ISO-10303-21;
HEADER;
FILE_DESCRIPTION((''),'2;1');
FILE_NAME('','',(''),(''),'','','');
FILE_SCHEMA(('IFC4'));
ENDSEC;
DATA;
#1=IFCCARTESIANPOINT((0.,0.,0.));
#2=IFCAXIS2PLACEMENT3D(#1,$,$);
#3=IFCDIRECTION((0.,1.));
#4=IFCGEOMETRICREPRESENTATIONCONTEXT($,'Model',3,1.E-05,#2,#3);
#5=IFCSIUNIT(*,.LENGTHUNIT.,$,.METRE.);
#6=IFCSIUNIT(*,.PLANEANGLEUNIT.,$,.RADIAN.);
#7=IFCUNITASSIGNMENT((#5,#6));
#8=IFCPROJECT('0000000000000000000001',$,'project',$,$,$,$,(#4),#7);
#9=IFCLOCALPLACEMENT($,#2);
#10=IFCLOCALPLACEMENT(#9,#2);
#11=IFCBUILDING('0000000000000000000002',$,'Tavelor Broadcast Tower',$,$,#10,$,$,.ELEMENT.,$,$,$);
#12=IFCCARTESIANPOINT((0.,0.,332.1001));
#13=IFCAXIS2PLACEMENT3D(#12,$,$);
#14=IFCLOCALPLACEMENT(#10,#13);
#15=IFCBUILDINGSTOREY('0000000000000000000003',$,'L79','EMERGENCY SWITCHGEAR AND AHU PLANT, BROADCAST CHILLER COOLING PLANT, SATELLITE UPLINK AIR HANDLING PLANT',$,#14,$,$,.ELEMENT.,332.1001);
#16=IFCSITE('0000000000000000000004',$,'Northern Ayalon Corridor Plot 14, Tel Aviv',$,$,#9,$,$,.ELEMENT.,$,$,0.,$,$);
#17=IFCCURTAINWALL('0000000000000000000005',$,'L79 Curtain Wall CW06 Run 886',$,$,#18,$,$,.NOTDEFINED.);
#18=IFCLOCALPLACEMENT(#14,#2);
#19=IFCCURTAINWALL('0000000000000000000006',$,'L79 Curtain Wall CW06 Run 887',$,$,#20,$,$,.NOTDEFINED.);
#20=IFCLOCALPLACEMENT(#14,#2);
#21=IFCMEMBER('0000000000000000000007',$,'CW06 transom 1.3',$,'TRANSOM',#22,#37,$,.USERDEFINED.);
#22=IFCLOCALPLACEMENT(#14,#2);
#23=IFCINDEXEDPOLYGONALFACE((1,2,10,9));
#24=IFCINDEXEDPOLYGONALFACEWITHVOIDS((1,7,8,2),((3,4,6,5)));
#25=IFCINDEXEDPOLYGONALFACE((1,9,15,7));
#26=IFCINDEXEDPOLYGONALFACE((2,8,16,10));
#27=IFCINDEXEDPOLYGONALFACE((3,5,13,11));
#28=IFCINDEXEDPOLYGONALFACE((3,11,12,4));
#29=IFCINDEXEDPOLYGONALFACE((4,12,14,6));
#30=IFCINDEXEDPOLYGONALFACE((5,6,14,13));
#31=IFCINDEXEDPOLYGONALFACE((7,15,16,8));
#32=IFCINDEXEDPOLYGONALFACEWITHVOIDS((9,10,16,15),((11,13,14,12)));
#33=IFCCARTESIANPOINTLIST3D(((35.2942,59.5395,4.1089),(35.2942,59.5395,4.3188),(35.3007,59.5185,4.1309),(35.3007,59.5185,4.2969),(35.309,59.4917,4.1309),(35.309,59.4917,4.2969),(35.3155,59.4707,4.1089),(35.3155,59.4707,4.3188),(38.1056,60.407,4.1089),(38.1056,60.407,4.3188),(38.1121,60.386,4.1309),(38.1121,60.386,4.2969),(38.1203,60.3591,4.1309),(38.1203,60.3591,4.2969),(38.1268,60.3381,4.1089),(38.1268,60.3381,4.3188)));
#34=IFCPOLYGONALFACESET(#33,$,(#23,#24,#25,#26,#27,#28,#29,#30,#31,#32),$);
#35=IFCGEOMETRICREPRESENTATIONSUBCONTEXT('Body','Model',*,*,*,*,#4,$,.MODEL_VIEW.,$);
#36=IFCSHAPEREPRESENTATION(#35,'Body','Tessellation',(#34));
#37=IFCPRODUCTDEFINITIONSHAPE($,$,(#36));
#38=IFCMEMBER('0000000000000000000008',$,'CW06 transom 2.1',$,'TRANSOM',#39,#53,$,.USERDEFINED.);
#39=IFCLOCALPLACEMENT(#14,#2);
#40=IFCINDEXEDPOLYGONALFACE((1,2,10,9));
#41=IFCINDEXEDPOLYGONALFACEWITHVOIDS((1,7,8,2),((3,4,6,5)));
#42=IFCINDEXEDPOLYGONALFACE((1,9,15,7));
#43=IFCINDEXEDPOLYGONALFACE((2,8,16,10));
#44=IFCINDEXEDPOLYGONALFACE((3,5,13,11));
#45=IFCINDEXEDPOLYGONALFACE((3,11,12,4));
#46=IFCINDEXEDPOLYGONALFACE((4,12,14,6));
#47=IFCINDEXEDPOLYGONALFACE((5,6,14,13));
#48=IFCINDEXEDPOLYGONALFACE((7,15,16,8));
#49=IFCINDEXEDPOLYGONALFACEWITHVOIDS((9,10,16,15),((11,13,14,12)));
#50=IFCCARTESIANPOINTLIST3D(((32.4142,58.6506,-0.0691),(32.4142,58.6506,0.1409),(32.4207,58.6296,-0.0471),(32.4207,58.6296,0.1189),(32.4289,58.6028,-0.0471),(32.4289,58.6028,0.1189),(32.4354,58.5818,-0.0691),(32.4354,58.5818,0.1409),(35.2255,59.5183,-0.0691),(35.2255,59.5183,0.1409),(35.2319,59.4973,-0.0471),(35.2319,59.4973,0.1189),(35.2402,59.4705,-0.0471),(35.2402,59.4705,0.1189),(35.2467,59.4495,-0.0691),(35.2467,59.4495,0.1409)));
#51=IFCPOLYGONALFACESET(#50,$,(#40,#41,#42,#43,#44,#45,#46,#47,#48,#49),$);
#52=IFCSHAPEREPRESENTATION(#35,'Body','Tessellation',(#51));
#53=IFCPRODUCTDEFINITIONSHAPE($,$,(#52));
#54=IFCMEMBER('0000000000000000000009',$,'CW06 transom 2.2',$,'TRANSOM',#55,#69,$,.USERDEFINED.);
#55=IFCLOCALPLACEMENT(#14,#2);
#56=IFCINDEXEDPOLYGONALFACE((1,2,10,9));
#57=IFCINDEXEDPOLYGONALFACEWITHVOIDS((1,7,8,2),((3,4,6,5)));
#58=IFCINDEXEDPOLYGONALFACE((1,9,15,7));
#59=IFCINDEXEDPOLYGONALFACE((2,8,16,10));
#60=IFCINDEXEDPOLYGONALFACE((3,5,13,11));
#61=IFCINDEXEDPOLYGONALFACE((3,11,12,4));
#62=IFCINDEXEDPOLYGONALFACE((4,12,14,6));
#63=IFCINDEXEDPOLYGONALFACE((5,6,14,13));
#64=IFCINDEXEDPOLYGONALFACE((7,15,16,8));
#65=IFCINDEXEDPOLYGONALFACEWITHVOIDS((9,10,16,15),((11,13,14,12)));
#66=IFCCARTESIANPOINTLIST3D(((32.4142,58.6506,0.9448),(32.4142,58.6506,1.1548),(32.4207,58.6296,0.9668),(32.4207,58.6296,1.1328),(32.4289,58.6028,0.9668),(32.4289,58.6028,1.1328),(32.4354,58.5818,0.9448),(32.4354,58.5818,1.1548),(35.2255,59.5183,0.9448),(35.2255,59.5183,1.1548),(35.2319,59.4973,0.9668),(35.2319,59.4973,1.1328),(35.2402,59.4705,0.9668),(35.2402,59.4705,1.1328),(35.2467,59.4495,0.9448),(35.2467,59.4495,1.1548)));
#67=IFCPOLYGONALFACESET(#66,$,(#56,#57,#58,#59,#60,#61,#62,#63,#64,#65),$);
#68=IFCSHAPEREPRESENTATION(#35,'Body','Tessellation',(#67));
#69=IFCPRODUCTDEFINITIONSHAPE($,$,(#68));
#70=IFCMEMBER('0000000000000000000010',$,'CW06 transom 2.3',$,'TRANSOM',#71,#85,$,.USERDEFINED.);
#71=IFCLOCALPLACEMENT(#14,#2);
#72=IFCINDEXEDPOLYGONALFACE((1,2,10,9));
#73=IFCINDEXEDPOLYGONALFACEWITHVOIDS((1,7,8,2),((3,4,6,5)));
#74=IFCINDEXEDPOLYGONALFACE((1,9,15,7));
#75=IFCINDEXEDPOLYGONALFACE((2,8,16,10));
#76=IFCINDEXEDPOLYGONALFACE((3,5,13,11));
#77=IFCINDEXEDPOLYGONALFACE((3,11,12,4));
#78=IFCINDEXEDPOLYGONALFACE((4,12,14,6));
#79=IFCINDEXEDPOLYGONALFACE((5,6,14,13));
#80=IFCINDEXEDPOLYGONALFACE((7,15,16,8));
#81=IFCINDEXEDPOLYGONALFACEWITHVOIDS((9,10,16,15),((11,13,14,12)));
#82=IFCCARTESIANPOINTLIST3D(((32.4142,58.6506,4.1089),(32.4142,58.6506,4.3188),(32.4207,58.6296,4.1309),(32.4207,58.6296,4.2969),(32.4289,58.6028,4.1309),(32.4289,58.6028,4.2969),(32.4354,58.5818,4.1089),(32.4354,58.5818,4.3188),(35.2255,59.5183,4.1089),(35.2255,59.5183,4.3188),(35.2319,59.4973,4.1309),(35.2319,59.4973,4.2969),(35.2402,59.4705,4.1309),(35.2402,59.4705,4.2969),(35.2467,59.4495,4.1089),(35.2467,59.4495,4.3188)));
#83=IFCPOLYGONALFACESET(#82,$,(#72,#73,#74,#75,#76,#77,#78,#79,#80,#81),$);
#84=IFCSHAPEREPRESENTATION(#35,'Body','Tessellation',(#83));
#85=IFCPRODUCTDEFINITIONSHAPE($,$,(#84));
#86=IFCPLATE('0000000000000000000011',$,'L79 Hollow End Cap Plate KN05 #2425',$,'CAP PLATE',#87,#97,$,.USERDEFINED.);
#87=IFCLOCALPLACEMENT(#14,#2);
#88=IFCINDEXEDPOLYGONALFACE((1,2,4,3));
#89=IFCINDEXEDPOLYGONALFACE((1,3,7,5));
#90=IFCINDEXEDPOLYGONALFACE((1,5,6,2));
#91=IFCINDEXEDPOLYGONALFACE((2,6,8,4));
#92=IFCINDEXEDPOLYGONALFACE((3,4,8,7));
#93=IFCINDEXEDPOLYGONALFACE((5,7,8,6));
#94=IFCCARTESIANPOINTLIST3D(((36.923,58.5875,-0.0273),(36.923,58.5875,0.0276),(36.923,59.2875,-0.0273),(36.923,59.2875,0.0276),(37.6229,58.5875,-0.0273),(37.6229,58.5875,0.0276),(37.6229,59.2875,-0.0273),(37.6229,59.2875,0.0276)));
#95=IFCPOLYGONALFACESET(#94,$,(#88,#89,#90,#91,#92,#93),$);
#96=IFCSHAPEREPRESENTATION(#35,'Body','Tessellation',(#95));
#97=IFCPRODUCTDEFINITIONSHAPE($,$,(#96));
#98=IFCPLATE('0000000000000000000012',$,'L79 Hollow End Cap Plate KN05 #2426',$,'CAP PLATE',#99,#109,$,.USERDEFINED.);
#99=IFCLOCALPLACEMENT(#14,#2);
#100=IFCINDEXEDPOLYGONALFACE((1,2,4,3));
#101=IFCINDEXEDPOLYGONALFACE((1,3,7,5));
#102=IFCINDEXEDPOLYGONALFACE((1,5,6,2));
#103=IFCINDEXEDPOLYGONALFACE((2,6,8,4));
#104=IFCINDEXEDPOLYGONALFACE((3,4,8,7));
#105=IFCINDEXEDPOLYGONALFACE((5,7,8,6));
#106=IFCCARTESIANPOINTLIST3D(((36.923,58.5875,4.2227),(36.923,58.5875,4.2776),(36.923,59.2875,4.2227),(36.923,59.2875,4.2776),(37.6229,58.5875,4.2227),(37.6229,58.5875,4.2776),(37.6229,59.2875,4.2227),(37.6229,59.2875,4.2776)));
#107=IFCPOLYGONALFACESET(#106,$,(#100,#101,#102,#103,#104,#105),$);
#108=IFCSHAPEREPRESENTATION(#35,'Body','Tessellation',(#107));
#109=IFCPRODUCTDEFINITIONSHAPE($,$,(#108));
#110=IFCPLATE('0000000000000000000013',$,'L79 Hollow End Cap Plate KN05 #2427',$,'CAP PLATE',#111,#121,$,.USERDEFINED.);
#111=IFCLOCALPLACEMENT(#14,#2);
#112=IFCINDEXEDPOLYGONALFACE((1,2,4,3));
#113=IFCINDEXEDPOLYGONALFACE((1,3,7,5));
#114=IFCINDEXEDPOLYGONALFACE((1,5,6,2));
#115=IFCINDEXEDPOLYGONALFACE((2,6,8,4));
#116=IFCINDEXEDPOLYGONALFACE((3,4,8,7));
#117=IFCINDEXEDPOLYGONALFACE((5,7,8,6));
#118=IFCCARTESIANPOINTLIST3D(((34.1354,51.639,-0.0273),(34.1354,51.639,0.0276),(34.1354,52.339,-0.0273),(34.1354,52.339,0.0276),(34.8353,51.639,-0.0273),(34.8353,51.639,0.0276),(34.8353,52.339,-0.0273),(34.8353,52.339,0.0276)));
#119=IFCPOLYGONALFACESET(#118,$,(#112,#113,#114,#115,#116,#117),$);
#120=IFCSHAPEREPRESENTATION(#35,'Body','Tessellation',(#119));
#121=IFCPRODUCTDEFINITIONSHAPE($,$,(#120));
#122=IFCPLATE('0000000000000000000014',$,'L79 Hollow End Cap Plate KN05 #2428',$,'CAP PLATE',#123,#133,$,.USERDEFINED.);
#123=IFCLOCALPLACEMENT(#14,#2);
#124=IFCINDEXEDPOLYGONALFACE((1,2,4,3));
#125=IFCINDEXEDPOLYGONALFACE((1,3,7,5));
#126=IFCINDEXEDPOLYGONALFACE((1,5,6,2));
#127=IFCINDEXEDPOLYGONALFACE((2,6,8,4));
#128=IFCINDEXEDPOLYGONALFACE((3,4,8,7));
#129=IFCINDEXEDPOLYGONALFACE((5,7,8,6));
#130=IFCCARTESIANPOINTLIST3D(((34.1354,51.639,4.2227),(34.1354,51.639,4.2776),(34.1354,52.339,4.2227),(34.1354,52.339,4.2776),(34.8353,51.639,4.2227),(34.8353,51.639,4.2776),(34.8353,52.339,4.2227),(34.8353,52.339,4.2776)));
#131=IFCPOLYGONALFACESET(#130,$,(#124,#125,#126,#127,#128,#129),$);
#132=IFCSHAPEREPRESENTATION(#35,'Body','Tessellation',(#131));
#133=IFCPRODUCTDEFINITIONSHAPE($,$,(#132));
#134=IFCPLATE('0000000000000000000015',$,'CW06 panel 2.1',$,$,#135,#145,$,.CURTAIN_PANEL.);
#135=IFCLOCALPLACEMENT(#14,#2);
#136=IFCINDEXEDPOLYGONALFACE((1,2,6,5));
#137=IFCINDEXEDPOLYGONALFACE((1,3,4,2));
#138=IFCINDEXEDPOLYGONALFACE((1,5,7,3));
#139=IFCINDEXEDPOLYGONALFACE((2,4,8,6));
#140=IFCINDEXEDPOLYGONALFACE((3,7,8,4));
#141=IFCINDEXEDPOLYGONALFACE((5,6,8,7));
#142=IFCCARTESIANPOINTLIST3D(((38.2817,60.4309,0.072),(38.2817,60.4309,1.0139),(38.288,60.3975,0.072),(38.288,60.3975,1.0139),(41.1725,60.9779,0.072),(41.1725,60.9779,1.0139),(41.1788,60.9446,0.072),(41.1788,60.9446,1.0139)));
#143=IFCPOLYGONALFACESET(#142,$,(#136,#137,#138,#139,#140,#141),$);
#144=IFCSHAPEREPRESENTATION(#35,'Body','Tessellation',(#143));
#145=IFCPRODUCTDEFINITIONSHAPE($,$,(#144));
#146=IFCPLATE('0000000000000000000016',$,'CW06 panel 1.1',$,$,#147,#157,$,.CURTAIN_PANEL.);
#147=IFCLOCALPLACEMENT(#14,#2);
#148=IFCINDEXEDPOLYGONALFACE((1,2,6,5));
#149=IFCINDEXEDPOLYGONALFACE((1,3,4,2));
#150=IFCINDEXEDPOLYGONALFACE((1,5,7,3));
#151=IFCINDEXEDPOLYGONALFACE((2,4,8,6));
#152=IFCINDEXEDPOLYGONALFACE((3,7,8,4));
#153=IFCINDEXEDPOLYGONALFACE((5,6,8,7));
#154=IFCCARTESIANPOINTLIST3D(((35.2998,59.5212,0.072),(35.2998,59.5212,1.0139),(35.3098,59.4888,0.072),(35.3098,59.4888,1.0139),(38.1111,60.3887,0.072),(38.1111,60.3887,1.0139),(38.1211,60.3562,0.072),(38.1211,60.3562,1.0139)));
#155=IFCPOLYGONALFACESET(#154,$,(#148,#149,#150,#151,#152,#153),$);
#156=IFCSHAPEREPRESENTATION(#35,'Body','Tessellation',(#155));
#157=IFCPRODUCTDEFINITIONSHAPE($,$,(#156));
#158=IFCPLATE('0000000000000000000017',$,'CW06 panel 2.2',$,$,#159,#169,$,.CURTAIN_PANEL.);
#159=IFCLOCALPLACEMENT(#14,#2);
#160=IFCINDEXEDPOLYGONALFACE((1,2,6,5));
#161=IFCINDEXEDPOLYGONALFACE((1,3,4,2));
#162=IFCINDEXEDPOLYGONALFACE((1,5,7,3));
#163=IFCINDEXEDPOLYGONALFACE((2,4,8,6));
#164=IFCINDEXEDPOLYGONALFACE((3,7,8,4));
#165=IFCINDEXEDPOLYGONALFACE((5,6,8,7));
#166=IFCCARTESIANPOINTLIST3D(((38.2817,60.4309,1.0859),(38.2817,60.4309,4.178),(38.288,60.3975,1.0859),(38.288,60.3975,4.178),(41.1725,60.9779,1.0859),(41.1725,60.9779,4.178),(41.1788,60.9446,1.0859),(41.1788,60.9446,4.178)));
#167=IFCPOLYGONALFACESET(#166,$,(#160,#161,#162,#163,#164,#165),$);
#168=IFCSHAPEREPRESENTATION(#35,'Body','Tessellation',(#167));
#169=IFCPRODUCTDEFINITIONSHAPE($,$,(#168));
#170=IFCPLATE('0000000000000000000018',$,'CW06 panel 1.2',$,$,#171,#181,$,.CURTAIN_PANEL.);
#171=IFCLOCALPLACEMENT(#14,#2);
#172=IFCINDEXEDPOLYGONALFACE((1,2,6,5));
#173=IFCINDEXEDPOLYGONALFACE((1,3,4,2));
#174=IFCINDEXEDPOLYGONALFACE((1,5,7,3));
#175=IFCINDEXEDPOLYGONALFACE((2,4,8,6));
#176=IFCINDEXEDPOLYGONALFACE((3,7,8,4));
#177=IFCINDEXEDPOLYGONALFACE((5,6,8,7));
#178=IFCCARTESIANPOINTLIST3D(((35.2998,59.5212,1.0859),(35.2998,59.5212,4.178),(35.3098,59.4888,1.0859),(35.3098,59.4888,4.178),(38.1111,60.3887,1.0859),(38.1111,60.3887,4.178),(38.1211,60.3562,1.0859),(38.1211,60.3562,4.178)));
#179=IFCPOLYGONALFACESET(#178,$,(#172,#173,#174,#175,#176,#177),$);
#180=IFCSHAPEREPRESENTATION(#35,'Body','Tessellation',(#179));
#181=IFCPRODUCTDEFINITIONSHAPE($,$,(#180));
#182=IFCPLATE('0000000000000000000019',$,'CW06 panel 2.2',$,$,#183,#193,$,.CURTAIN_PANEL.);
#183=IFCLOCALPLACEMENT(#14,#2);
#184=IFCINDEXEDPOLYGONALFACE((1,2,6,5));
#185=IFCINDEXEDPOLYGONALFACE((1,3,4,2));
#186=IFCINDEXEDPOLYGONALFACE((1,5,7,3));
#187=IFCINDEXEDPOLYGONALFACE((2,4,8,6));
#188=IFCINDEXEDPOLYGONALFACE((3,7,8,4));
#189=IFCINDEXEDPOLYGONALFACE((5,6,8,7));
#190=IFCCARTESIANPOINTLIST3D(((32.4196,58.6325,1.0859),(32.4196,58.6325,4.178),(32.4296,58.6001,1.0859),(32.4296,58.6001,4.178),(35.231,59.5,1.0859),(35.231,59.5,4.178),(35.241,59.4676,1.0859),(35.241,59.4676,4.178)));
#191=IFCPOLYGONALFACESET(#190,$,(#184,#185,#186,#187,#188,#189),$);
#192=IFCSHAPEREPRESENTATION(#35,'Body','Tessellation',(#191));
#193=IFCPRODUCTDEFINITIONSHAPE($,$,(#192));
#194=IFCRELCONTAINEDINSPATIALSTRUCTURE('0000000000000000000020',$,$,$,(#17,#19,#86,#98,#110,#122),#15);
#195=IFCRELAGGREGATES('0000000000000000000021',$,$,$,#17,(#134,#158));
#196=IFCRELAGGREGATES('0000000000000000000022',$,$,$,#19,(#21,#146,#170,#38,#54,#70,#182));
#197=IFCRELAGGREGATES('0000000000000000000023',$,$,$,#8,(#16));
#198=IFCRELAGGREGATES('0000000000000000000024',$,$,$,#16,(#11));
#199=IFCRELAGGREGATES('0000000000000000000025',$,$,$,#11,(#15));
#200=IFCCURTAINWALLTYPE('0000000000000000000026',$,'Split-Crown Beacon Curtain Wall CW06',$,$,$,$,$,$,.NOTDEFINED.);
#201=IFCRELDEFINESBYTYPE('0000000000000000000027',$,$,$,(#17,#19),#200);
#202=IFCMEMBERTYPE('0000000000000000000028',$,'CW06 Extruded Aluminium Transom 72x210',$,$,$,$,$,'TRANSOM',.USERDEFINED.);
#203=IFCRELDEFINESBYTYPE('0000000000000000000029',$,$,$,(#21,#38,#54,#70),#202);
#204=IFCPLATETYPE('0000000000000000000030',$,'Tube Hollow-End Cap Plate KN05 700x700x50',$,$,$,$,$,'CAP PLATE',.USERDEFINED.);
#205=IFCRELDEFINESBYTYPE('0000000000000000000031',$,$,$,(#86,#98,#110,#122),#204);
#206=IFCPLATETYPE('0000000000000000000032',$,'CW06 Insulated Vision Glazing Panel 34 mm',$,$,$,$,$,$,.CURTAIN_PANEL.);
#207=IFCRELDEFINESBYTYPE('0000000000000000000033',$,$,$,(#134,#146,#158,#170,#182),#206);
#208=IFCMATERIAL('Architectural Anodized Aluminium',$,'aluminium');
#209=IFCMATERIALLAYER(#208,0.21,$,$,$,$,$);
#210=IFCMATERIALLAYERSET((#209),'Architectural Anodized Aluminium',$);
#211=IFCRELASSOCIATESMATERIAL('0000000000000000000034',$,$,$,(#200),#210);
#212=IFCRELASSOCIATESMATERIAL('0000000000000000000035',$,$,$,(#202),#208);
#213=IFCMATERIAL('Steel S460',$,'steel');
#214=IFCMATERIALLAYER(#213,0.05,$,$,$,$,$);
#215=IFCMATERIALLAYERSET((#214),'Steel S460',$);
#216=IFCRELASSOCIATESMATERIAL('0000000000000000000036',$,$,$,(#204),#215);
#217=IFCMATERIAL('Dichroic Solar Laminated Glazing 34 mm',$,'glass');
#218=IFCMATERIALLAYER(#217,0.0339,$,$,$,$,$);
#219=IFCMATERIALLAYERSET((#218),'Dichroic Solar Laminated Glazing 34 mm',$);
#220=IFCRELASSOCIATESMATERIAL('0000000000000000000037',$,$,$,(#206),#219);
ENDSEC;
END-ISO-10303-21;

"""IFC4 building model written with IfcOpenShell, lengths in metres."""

from ifc_helpers import new_model, si_unit, direction, frame, origin, origin_2d, place, context, subcontext, project, spatial, rectangle, hollow_rectangle, extrude, source, transform, mapped, material, layer, layer_set, material_profile, profile_set, type_object, type_shapes, element, aggregate, save


model = new_model("IFC4")

# Units and contexts
model_context = context("Model", 3, precision=1e-05, world=origin(), true_north=direction((0.0, 1.0)))
body_context = subcontext(model_context, "Body", "Model", "MODEL_VIEW")
ifc_project = project(units=[si_unit("LENGTHUNIT", "METRE"), si_unit("PLANEANGLEUNIT", "RADIAN")], contexts=[model_context])

# Site, building, storey
site_placement = place(None, origin())
site = spatial("IfcSite", under=ifc_project, at=site_placement, Name="Northern Ayalon Corridor Plot 14, Tel Aviv", CompositionType="ELEMENT", RefElevation=0.0)
building_placement = place(site_placement, origin())
building = spatial("IfcBuilding", under=site, at=building_placement, Name="Tavelor Broadcast Tower", CompositionType="ELEMENT")
storey_placement = place(building_placement, frame((0.0, 0.0, 332.1001)))
storey = spatial("IfcBuildingStorey", under=building, at=storey_placement, Name="L79", Description="EMERGENCY SWITCHGEAR AND AHU PLANT, BROADCAST CHILLER COOLING PLANT, SATELLITE UPLINK AIR HANDLING PLANT", CompositionType="ELEMENT", Elevation=332.1001)

# Curtain wall
ifc_material_1 = material(Name="Architectural Anodized Aluminium", Category="aluminium")
ifc_layer_1 = layer(ifc_material_1, 0.21)
ifc_layer_set_1 = layer_set([ifc_layer_1], Name="Architectural Anodized Aluminium")
curtain_wall_type = type_object("IfcCurtainWallType", Name="Split-Crown Beacon Curtain Wall CW06", PredefinedType="NOTDEFINED", material=ifc_layer_set_1)
curtain_wall_1_placement = place(storey_placement, origin())
curtain_wall_1 = element("IfcCurtainWall", 1, at=curtain_wall_1_placement, inside=storey, type_object=curtain_wall_type, Name="L79 Curtain Wall CW06 Run 886", PredefinedType="NOTDEFINED")

# Curtain wall, members
curtain_wall_2_placement = place(storey_placement, origin())
curtain_wall_2 = element("IfcCurtainWall", 2, at=curtain_wall_2_placement, inside=storey, type_object=curtain_wall_type, Name="L79 Curtain Wall CW06 Run 887", PredefinedType="NOTDEFINED")
ifc_material_profile_1 = material_profile(ifc_material_1, hollow_rectangle(XDim=0.072, YDim=0.21, WallThickness=0.022, at=origin_2d()), Name="RHS 72x210x22")
ifc_profile_set_1 = profile_set([ifc_material_profile_1], Name="Architectural Anodized Aluminium")
member_type_1 = type_object("IfcMemberType", Name="CW06 Extruded Aluminium Transom 72x210", ElementType="TRANSOM", PredefinedType="USERDEFINED", material=ifc_profile_set_1)
shared_shape_1 = source(origin(), body_context, "Body", "SweptSolid", [
    extrude(hollow_rectangle(XDim=0.072, YDim=0.21, WallThickness=0.022, at=origin_2d()), origin(), (0.0, 0.0, 1.0), 2.9421),
])
type_shapes(member_type_1, [shared_shape_1])
member_1_placement = place(storey_placement, frame((38.1162, 60.3726, 4.2139), z_axis=(-0.955547, -0.294838, 0.0), x_axis=(0.294838, -0.955547, 0.0)))
member_1 = element("IfcMember", 3, at=member_1_placement, type_object=member_type_1, Name="CW06 transom 1.3", ObjectType="TRANSOM", PredefinedType="USERDEFINED", context=body_context, shape_type="MappedRepresentation", body=[
    mapped(shared_shape_1, transform((0.0, 0.0, 0.0), scale=1.0)),
])
member_2_placement = place(storey_placement, frame((35.2361, 59.4839, 0.0359), z_axis=(-0.955524, -0.294914, 0.0), x_axis=(0.294914, -0.955524, 0.0)))
member_2 = element("IfcMember", 4, at=member_2_placement, type_object=member_type_1, Name="CW06 transom 2.1", ObjectType="TRANSOM", PredefinedType="USERDEFINED", context=body_context, shape_type="MappedRepresentation", body=[
    mapped(shared_shape_1, transform((0.0, 0.0, 0.0), scale=1.0)),
])
member_3_placement = place(storey_placement, frame((35.2361, 59.4839, 1.0498), z_axis=(-0.955524, -0.294914, 0.0), x_axis=(0.294914, -0.955524, 0.0)))
member_3 = element("IfcMember", 5, at=member_3_placement, type_object=member_type_1, Name="CW06 transom 2.2", ObjectType="TRANSOM", PredefinedType="USERDEFINED", context=body_context, shape_type="MappedRepresentation", body=[
    mapped(shared_shape_1, transform((0.0, 0.0, 0.0), scale=1.0)),
])
member_4_placement = place(storey_placement, frame((35.2361, 59.4839, 4.2139), z_axis=(-0.955524, -0.294914, 0.0), x_axis=(0.294914, -0.955524, 0.0)))
member_4 = element("IfcMember", 6, at=member_4_placement, type_object=member_type_1, Name="CW06 transom 2.3", ObjectType="TRANSOM", PredefinedType="USERDEFINED", context=body_context, shape_type="MappedRepresentation", body=[
    mapped(shared_shape_1, transform((0.0, 0.0, 0.0), scale=1.0)),
])

# Plates
ifc_material_2 = material(Name="Steel S460", Category="steel")
ifc_layer_2 = layer(ifc_material_2, 0.05)
ifc_layer_set_2 = layer_set([ifc_layer_2], Name="Steel S460")
plate_type_1 = type_object("IfcPlateType", Name="Tube Hollow-End Cap Plate KN05 700x700x50", ElementType="CAP PLATE", PredefinedType="USERDEFINED", material=ifc_layer_set_2)
shared_shape_2 = source(origin(), body_context, "Body", "SweptSolid", [
    extrude(rectangle(XDim=0.7, YDim=0.7, at=origin_2d()), origin(), (0.0, 0.0, 1.0), 0.0549),
])
type_shapes(plate_type_1, [shared_shape_2])
for number, where, z_axis, x_axis, name in (
    (7, (37.2729, 58.9375, -0.0273), (0.0, 0.0, 1.0), (1.0, 0.0, 0.0), "L79 Hollow End Cap Plate KN05 #2425"),
    (8, (37.2729, 58.9375, 4.2227), (0.0, 0.0, 1.0), (1.0, 0.0, 0.0), "L79 Hollow End Cap Plate KN05 #2426"),
    (9, (34.4854, 51.989, -0.0273), (0.0, 0.0, 1.0), (1.0, 0.0, 0.0), "L79 Hollow End Cap Plate KN05 #2427"),
    (10, (34.4854, 51.989, 4.2227), (0.0, 0.0, 1.0), (1.0, 0.0, 0.0), "L79 Hollow End Cap Plate KN05 #2428"),
):
    element("IfcPlate", number, at=place(storey_placement, frame(where, z_axis=z_axis, x_axis=x_axis)), inside=storey, type_object=plate_type_1, Name=name, ObjectType="CAP PLATE", PredefinedType="USERDEFINED", context=body_context, shape_type="MappedRepresentation", body=[
        mapped(shared_shape_2, transform((0.0, 0.0, 0.0), scale=1.0)),
    ])

# Plates
ifc_material_3 = material(Name="Dichroic Solar Laminated Glazing 34 mm", Category="glass")
ifc_layer_3 = layer(ifc_material_3, 0.0339)
ifc_layer_set_3 = layer_set([ifc_layer_3], Name="Dichroic Solar Laminated Glazing 34 mm")
plate_type_2 = type_object("IfcPlateType", Name="CW06 Insulated Vision Glazing Panel 34 mm", PredefinedType="CURTAIN_PANEL", material=ifc_layer_set_3)
shared_shape_3 = source(origin(), body_context, "Body", "SweptSolid", [
    extrude(rectangle(XDim=2.9421, YDim=0.0339, at=origin_2d()), origin(), (0.0, 0.0, 1.0), 0.9419),
])
plate_1_placement = place(storey_placement, frame((39.7302, 60.6877, 0.072), z_axis=(0.0, 0.0, 1.0), x_axis=(-0.982561, -0.185942, 0.0)))
plate_1 = element("IfcPlate", 11, at=plate_1_placement, type_object=plate_type_2, Name="CW06 panel 2.1", PredefinedType="CURTAIN_PANEL", context=body_context, shape_type="MappedRepresentation", body=[
    mapped(shared_shape_3, transform((0.0, 0.0, 0.0), scale=1.0)),
])
plate_2_placement = place(storey_placement, frame((36.7104, 59.9387, 0.072), z_axis=(0.0, 0.0, 1.0), x_axis=(-0.955547, -0.294839, 0.0)))
plate_2 = element("IfcPlate", 12, at=plate_2_placement, type_object=plate_type_2, Name="CW06 panel 1.1", PredefinedType="CURTAIN_PANEL", context=body_context, shape_type="MappedRepresentation", body=[
    mapped(shared_shape_3, transform((0.0, 0.0, 0.0), scale=1.0)),
])
shared_shape_4 = source(origin(), body_context, "Body", "SweptSolid", [
    extrude(rectangle(XDim=2.9421, YDim=0.0339, at=origin_2d()), origin(), (0.0, 0.0, 1.0), 3.092),
])
type_shapes(plate_type_2, [shared_shape_3, shared_shape_4])
plate_3_placement = place(storey_placement, frame((39.7302, 60.6877, 1.0859), z_axis=(0.0, 0.0, 1.0), x_axis=(-0.982561, -0.185942, 0.0)))
plate_3 = element("IfcPlate", 13, at=plate_3_placement, type_object=plate_type_2, Name="CW06 panel 2.2", PredefinedType="CURTAIN_PANEL", context=body_context, shape_type="MappedRepresentation", body=[
    mapped(shared_shape_4, transform((0.0, 0.0, 0.0), scale=1.0)),
])
aggregate(curtain_wall_1, [plate_1, plate_3])
plate_4_placement = place(storey_placement, frame((36.7104, 59.9387, 1.0859), z_axis=(0.0, 0.0, 1.0), x_axis=(-0.955547, -0.294839, 0.0)))
plate_4 = element("IfcPlate", 14, at=plate_4_placement, type_object=plate_type_2, Name="CW06 panel 1.2", PredefinedType="CURTAIN_PANEL", context=body_context, shape_type="MappedRepresentation", body=[
    mapped(shared_shape_4, transform((0.0, 0.0, 0.0), scale=1.0)),
])
plate_5_placement = place(storey_placement, frame((33.8303, 59.05, 1.0859), z_axis=(0.0, 0.0, 1.0), x_axis=(-0.955547, -0.294839, 0.0)))
plate_5 = element("IfcPlate", 15, at=plate_5_placement, type_object=plate_type_2, Name="CW06 panel 2.2", PredefinedType="CURTAIN_PANEL", context=body_context, shape_type="MappedRepresentation", body=[
    mapped(shared_shape_4, transform((0.0, 0.0, 0.0), scale=1.0)),
])
aggregate(curtain_wall_2, [member_1, plate_2, plate_4, member_2, member_3, member_4, plate_5])

save(model, "model.ifc")
